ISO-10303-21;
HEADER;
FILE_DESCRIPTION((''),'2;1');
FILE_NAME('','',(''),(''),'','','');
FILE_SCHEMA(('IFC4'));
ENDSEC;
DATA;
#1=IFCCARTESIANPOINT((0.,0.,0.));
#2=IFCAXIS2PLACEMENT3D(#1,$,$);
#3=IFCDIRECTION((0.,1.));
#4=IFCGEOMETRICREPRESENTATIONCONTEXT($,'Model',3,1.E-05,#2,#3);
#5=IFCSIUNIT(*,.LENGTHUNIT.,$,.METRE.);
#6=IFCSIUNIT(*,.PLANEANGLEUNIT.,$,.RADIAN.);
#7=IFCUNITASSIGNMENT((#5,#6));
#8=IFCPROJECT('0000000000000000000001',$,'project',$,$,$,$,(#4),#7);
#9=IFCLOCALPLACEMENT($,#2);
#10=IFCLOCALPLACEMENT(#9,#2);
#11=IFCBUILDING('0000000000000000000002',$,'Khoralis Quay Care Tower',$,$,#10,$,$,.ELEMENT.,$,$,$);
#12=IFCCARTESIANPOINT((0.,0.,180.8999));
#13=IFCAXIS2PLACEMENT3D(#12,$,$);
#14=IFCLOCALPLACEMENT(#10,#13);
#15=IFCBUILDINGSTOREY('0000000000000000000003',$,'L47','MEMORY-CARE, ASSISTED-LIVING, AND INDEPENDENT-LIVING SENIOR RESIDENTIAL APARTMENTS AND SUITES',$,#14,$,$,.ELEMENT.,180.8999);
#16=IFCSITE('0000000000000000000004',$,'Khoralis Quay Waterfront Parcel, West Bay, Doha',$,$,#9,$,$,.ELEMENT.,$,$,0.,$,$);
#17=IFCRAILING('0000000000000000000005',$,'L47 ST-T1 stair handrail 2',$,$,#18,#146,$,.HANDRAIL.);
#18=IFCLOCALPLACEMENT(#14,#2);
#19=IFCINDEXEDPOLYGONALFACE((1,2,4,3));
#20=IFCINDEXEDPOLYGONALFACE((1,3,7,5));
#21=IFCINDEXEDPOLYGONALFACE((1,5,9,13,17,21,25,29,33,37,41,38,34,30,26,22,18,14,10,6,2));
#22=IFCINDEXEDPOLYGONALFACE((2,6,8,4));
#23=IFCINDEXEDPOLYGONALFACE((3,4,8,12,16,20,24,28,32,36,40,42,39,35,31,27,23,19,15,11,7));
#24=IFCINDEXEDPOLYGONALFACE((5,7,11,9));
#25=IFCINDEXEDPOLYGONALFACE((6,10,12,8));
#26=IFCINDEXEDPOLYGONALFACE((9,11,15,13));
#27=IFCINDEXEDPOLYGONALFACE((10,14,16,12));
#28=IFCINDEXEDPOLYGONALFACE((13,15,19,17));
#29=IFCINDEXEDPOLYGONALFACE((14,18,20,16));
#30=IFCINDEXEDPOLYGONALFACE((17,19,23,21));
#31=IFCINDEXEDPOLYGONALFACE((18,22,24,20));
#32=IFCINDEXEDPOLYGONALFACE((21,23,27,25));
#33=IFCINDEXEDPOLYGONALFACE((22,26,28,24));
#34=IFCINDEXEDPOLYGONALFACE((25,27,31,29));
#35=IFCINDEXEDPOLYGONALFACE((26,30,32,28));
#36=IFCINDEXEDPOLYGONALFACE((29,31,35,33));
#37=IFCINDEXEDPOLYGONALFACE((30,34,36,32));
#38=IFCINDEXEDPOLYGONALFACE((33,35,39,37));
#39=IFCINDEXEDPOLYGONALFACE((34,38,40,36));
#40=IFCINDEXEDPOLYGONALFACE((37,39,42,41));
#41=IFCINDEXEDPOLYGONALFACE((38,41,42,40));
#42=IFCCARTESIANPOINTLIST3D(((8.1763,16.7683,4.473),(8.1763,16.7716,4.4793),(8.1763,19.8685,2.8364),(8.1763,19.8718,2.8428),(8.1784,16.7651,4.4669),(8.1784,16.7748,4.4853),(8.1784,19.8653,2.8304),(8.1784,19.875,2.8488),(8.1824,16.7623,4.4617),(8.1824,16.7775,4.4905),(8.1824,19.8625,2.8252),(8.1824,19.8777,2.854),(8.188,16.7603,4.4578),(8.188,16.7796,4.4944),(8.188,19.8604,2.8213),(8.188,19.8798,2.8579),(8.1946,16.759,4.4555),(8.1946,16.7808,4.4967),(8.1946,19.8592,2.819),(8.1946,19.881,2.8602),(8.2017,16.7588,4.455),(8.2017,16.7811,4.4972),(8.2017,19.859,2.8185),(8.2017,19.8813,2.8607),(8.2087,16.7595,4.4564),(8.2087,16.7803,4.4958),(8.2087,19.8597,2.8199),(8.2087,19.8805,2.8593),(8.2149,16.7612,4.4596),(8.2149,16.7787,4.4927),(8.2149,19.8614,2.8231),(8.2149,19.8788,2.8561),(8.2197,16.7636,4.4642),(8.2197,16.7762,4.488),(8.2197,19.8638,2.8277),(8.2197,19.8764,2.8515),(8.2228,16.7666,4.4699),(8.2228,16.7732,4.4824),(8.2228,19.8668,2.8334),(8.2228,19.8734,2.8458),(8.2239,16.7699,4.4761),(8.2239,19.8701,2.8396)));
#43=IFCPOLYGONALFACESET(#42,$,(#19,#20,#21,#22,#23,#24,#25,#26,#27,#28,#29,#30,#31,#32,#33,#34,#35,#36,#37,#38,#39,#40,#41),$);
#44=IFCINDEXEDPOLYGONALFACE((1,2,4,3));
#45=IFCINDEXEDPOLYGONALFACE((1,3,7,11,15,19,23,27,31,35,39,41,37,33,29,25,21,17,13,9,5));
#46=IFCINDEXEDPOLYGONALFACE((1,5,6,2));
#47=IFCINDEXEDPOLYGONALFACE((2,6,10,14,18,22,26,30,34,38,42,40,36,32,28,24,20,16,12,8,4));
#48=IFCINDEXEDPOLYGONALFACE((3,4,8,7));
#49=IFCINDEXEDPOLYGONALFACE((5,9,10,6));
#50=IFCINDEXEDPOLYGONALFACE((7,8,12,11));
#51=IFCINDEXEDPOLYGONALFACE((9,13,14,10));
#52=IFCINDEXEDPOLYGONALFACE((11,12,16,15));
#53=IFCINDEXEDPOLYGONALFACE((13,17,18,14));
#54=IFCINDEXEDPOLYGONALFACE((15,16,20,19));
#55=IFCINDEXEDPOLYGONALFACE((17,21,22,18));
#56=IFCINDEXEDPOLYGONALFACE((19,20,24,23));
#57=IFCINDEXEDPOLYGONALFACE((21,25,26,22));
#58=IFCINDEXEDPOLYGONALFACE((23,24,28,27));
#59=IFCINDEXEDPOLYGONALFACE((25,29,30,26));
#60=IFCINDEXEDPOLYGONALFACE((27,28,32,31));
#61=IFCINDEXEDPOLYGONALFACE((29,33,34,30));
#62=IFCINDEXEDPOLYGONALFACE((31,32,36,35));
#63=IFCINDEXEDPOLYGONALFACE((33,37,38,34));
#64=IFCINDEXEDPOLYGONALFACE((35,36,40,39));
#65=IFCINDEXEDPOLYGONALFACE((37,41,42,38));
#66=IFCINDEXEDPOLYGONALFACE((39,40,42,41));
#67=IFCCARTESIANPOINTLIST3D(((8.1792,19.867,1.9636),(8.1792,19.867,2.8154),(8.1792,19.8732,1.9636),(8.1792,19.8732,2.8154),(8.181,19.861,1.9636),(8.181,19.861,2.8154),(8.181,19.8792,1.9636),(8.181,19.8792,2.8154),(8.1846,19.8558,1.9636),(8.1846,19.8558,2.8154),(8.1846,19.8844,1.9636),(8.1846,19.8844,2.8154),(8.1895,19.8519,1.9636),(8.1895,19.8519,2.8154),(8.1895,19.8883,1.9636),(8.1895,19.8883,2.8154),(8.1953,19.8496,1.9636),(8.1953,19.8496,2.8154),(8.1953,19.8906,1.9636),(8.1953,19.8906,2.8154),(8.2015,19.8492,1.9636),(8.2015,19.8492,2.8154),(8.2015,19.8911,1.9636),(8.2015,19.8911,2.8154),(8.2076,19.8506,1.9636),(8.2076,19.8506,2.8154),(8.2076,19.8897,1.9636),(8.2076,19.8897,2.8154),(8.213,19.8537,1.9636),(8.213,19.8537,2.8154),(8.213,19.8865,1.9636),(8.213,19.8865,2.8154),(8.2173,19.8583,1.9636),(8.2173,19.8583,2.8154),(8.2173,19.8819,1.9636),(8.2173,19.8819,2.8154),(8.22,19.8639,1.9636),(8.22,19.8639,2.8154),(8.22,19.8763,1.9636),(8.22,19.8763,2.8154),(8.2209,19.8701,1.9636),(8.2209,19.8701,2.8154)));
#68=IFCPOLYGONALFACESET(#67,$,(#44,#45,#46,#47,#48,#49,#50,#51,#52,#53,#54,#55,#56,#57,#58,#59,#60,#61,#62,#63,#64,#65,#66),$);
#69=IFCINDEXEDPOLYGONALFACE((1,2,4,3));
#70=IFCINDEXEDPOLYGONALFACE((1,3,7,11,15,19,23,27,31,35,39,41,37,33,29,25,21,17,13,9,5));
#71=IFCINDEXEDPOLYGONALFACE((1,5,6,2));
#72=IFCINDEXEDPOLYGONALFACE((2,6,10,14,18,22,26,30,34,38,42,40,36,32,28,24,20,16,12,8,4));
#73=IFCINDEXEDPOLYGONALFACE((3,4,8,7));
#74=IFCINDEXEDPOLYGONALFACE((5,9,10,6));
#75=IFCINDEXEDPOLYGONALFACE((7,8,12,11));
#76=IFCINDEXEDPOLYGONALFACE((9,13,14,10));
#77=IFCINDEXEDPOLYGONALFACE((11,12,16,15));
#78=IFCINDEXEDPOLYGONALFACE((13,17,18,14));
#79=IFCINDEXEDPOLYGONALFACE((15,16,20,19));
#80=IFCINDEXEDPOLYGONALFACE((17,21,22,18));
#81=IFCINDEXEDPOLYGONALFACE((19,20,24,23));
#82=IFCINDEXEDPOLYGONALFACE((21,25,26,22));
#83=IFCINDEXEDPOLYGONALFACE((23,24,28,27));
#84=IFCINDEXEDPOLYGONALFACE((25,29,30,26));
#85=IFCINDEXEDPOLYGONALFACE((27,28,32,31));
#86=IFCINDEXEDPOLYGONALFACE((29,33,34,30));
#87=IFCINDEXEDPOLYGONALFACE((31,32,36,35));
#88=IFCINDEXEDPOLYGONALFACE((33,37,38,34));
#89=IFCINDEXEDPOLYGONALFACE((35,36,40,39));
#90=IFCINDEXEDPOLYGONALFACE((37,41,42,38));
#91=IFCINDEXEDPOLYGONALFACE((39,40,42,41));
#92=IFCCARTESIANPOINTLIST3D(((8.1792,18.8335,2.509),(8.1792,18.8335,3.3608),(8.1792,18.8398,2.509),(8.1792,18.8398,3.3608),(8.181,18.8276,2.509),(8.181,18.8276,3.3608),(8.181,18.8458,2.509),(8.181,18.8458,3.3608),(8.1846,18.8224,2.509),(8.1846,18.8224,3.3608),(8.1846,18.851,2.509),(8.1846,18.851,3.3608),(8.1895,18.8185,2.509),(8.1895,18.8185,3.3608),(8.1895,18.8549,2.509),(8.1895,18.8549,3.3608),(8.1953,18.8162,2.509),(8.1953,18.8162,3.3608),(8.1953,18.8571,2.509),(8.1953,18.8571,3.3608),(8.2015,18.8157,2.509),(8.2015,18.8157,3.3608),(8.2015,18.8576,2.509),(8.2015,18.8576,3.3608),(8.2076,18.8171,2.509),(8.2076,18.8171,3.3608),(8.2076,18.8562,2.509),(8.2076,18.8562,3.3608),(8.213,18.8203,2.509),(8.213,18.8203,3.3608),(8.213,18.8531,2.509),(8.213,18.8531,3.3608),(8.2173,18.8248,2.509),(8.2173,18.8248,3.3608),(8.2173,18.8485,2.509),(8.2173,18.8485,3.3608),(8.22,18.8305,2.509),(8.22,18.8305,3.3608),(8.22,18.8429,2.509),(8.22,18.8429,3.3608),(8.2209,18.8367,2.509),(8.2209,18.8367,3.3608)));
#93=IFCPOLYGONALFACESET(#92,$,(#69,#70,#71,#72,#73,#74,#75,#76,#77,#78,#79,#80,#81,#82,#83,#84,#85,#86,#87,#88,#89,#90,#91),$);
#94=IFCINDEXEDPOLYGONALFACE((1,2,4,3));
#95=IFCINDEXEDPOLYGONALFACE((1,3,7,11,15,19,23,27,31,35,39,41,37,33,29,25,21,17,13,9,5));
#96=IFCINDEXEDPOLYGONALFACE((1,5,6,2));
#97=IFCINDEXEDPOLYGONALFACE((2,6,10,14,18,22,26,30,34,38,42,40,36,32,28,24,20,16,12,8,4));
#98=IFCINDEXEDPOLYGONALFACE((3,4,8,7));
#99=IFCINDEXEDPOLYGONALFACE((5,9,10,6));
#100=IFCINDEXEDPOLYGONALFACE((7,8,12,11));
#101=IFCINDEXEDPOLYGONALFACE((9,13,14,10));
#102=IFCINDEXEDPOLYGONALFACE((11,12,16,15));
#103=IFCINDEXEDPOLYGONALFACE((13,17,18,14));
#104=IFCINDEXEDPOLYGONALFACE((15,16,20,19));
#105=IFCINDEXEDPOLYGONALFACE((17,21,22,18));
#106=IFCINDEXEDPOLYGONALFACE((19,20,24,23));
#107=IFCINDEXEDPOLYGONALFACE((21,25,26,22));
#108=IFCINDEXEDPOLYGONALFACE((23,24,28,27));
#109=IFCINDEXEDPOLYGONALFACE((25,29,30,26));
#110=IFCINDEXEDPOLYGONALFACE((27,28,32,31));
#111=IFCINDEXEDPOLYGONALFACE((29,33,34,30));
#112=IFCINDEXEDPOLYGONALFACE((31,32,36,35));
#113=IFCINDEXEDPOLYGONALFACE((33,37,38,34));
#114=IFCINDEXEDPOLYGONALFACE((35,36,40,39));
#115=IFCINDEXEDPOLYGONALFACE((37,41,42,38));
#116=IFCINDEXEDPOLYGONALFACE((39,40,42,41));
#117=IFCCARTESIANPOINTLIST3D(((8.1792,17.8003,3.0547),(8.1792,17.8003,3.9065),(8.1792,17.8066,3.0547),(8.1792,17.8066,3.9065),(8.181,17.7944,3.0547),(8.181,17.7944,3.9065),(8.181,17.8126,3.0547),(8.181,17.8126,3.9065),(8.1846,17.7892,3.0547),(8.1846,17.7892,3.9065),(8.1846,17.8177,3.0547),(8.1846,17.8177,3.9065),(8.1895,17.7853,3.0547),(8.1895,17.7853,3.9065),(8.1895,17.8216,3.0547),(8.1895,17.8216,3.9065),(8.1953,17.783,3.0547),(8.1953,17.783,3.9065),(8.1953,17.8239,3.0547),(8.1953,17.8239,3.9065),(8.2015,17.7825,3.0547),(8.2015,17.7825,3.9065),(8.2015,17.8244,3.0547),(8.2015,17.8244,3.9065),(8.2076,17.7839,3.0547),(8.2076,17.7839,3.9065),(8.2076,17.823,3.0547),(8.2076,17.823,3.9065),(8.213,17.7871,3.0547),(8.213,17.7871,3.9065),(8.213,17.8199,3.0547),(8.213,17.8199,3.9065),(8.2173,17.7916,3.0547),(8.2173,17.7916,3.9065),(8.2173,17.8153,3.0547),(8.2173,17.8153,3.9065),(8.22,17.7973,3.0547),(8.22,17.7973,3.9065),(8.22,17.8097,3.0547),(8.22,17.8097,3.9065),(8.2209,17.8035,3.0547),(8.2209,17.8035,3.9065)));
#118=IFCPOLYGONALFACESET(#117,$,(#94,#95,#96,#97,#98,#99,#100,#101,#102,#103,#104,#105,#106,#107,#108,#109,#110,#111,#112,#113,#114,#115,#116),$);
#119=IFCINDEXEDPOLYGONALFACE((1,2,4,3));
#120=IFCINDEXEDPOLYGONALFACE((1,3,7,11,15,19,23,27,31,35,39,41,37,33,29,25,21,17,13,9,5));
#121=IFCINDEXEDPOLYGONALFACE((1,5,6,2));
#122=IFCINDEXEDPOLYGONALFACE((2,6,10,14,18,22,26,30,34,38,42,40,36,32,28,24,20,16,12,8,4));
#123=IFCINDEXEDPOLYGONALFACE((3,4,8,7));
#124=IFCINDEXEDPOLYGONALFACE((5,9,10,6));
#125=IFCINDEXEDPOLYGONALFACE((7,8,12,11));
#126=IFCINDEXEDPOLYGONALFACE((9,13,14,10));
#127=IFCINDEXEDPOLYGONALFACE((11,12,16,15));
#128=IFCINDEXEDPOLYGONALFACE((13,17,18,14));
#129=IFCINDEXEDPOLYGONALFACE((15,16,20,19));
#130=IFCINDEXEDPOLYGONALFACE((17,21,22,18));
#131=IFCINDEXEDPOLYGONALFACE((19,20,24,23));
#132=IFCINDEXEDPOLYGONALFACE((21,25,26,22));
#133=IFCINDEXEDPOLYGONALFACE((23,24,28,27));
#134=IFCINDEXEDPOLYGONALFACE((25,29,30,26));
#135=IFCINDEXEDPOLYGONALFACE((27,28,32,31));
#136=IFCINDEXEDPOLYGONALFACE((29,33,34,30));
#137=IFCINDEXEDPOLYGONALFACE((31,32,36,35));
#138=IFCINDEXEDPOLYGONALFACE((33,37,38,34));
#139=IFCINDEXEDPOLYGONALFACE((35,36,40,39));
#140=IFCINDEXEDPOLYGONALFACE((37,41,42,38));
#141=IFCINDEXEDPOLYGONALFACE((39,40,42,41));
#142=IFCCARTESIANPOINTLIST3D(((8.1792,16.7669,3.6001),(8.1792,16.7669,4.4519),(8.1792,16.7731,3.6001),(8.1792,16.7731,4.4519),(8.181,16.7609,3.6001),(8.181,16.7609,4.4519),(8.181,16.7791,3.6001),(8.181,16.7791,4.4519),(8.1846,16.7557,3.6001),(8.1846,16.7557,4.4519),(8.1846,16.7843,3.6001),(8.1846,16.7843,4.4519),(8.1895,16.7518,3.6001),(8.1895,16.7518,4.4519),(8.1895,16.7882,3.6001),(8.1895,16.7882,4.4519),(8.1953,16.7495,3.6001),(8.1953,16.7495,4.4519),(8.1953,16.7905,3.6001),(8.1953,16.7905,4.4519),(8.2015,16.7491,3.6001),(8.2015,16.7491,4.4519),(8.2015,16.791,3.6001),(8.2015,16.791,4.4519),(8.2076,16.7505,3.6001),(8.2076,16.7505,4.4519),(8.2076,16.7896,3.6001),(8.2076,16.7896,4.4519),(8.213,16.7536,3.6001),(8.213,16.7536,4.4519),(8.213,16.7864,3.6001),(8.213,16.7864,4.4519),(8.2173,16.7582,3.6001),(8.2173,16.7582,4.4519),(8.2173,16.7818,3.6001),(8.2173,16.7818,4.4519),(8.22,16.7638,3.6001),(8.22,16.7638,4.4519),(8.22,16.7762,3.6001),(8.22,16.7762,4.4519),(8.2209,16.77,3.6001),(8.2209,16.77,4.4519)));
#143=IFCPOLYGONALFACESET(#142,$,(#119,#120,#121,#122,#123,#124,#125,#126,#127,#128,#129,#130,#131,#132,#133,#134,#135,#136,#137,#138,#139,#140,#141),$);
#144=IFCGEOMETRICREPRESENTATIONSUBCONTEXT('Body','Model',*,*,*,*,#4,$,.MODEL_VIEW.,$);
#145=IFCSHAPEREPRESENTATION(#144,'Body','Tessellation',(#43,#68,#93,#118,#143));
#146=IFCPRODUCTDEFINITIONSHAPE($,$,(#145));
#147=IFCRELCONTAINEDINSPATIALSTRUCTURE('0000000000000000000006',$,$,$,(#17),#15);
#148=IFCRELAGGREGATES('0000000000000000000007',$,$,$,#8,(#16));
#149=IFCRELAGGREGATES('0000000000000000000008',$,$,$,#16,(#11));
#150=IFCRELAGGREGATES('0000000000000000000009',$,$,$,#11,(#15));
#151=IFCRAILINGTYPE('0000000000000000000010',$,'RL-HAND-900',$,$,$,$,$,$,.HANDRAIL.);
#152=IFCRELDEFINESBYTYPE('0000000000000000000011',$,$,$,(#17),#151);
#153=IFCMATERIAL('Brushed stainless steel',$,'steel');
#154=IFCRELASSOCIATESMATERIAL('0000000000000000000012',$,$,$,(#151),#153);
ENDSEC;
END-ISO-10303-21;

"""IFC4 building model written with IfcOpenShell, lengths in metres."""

from ifc_helpers import new_model, si_unit, direction, frame, origin, origin_2d, place, context, subcontext, project, spatial, circle, extrude, material, type_object, element, save


model = new_model("IFC4")

# Units and contexts
model_context = context("Model", 3, precision=1e-05, world=origin(), true_north=direction((0.0, 1.0)))
body_context = subcontext(model_context, "Body", "Model", "MODEL_VIEW")
ifc_project = project(units=[si_unit("LENGTHUNIT", "METRE"), si_unit("PLANEANGLEUNIT", "RADIAN")], contexts=[model_context])

# Site, building, storey
site_placement = place(None, origin())
site = spatial("IfcSite", under=ifc_project, at=site_placement, Name="Khoralis Quay Waterfront Parcel, West Bay, Doha", CompositionType="ELEMENT", RefElevation=0.0)
building_placement = place(site_placement, origin())
building = spatial("IfcBuilding", under=site, at=building_placement, Name="Khoralis Quay Care Tower", CompositionType="ELEMENT")
storey_placement = place(building_placement, frame((0.0, 0.0, 180.8999)))
storey = spatial("IfcBuildingStorey", under=building, at=storey_placement, Name="L47", Description="MEMORY-CARE, ASSISTED-LIVING, AND INDEPENDENT-LIVING SENIOR RESIDENTIAL APARTMENTS AND SUITES", CompositionType="ELEMENT", Elevation=180.8999)

# Shared definitions
ifc_material_1 = material(Name="Brushed stainless steel", Category="steel")

# Railing
railing_type_1 = type_object("IfcRailingType", Name="RL-HAND-900", PredefinedType="HANDRAIL", material=ifc_material_1)
railing_1_placement = place(storey_placement, frame((8.2, 19.8701, 1.9636)))
element("IfcRailing", 1, at=railing_1_placement, inside=storey, type_object=railing_type_1, Name="L47 ST-T1 stair handrail 2", PredefinedType="HANDRAIL", context=body_context, shape_type="SweptSolid", body=[
    extrude(circle(Radius=0.0239, at=origin_2d()), frame((0.0, 0.0, 0.876), z_axis=(0.0, -0.884348, 0.466828), x_axis=(1.0, 0.0, 0.0)), (0.0, 0.0, 1.0), 3.5056),
    extrude(circle(Radius=0.021, at=origin_2d()), origin(), (0.0, 0.0, 1.0), 0.8518),
    extrude(circle(Radius=0.021, at=origin_2d()), frame((0.0, -1.0334, 0.5454)), (0.0, 0.0, 1.0), 0.8518),
    extrude(circle(Radius=0.021, at=origin_2d()), frame((0.0, -2.0667, 1.0911)), (0.0, 0.0, 1.0), 0.8518),
    extrude(circle(Radius=0.021, at=origin_2d()), frame((0.0, -3.1001, 1.6365)), (0.0, 0.0, 1.0), 0.8518),
])

save(model, "model.ifc")
